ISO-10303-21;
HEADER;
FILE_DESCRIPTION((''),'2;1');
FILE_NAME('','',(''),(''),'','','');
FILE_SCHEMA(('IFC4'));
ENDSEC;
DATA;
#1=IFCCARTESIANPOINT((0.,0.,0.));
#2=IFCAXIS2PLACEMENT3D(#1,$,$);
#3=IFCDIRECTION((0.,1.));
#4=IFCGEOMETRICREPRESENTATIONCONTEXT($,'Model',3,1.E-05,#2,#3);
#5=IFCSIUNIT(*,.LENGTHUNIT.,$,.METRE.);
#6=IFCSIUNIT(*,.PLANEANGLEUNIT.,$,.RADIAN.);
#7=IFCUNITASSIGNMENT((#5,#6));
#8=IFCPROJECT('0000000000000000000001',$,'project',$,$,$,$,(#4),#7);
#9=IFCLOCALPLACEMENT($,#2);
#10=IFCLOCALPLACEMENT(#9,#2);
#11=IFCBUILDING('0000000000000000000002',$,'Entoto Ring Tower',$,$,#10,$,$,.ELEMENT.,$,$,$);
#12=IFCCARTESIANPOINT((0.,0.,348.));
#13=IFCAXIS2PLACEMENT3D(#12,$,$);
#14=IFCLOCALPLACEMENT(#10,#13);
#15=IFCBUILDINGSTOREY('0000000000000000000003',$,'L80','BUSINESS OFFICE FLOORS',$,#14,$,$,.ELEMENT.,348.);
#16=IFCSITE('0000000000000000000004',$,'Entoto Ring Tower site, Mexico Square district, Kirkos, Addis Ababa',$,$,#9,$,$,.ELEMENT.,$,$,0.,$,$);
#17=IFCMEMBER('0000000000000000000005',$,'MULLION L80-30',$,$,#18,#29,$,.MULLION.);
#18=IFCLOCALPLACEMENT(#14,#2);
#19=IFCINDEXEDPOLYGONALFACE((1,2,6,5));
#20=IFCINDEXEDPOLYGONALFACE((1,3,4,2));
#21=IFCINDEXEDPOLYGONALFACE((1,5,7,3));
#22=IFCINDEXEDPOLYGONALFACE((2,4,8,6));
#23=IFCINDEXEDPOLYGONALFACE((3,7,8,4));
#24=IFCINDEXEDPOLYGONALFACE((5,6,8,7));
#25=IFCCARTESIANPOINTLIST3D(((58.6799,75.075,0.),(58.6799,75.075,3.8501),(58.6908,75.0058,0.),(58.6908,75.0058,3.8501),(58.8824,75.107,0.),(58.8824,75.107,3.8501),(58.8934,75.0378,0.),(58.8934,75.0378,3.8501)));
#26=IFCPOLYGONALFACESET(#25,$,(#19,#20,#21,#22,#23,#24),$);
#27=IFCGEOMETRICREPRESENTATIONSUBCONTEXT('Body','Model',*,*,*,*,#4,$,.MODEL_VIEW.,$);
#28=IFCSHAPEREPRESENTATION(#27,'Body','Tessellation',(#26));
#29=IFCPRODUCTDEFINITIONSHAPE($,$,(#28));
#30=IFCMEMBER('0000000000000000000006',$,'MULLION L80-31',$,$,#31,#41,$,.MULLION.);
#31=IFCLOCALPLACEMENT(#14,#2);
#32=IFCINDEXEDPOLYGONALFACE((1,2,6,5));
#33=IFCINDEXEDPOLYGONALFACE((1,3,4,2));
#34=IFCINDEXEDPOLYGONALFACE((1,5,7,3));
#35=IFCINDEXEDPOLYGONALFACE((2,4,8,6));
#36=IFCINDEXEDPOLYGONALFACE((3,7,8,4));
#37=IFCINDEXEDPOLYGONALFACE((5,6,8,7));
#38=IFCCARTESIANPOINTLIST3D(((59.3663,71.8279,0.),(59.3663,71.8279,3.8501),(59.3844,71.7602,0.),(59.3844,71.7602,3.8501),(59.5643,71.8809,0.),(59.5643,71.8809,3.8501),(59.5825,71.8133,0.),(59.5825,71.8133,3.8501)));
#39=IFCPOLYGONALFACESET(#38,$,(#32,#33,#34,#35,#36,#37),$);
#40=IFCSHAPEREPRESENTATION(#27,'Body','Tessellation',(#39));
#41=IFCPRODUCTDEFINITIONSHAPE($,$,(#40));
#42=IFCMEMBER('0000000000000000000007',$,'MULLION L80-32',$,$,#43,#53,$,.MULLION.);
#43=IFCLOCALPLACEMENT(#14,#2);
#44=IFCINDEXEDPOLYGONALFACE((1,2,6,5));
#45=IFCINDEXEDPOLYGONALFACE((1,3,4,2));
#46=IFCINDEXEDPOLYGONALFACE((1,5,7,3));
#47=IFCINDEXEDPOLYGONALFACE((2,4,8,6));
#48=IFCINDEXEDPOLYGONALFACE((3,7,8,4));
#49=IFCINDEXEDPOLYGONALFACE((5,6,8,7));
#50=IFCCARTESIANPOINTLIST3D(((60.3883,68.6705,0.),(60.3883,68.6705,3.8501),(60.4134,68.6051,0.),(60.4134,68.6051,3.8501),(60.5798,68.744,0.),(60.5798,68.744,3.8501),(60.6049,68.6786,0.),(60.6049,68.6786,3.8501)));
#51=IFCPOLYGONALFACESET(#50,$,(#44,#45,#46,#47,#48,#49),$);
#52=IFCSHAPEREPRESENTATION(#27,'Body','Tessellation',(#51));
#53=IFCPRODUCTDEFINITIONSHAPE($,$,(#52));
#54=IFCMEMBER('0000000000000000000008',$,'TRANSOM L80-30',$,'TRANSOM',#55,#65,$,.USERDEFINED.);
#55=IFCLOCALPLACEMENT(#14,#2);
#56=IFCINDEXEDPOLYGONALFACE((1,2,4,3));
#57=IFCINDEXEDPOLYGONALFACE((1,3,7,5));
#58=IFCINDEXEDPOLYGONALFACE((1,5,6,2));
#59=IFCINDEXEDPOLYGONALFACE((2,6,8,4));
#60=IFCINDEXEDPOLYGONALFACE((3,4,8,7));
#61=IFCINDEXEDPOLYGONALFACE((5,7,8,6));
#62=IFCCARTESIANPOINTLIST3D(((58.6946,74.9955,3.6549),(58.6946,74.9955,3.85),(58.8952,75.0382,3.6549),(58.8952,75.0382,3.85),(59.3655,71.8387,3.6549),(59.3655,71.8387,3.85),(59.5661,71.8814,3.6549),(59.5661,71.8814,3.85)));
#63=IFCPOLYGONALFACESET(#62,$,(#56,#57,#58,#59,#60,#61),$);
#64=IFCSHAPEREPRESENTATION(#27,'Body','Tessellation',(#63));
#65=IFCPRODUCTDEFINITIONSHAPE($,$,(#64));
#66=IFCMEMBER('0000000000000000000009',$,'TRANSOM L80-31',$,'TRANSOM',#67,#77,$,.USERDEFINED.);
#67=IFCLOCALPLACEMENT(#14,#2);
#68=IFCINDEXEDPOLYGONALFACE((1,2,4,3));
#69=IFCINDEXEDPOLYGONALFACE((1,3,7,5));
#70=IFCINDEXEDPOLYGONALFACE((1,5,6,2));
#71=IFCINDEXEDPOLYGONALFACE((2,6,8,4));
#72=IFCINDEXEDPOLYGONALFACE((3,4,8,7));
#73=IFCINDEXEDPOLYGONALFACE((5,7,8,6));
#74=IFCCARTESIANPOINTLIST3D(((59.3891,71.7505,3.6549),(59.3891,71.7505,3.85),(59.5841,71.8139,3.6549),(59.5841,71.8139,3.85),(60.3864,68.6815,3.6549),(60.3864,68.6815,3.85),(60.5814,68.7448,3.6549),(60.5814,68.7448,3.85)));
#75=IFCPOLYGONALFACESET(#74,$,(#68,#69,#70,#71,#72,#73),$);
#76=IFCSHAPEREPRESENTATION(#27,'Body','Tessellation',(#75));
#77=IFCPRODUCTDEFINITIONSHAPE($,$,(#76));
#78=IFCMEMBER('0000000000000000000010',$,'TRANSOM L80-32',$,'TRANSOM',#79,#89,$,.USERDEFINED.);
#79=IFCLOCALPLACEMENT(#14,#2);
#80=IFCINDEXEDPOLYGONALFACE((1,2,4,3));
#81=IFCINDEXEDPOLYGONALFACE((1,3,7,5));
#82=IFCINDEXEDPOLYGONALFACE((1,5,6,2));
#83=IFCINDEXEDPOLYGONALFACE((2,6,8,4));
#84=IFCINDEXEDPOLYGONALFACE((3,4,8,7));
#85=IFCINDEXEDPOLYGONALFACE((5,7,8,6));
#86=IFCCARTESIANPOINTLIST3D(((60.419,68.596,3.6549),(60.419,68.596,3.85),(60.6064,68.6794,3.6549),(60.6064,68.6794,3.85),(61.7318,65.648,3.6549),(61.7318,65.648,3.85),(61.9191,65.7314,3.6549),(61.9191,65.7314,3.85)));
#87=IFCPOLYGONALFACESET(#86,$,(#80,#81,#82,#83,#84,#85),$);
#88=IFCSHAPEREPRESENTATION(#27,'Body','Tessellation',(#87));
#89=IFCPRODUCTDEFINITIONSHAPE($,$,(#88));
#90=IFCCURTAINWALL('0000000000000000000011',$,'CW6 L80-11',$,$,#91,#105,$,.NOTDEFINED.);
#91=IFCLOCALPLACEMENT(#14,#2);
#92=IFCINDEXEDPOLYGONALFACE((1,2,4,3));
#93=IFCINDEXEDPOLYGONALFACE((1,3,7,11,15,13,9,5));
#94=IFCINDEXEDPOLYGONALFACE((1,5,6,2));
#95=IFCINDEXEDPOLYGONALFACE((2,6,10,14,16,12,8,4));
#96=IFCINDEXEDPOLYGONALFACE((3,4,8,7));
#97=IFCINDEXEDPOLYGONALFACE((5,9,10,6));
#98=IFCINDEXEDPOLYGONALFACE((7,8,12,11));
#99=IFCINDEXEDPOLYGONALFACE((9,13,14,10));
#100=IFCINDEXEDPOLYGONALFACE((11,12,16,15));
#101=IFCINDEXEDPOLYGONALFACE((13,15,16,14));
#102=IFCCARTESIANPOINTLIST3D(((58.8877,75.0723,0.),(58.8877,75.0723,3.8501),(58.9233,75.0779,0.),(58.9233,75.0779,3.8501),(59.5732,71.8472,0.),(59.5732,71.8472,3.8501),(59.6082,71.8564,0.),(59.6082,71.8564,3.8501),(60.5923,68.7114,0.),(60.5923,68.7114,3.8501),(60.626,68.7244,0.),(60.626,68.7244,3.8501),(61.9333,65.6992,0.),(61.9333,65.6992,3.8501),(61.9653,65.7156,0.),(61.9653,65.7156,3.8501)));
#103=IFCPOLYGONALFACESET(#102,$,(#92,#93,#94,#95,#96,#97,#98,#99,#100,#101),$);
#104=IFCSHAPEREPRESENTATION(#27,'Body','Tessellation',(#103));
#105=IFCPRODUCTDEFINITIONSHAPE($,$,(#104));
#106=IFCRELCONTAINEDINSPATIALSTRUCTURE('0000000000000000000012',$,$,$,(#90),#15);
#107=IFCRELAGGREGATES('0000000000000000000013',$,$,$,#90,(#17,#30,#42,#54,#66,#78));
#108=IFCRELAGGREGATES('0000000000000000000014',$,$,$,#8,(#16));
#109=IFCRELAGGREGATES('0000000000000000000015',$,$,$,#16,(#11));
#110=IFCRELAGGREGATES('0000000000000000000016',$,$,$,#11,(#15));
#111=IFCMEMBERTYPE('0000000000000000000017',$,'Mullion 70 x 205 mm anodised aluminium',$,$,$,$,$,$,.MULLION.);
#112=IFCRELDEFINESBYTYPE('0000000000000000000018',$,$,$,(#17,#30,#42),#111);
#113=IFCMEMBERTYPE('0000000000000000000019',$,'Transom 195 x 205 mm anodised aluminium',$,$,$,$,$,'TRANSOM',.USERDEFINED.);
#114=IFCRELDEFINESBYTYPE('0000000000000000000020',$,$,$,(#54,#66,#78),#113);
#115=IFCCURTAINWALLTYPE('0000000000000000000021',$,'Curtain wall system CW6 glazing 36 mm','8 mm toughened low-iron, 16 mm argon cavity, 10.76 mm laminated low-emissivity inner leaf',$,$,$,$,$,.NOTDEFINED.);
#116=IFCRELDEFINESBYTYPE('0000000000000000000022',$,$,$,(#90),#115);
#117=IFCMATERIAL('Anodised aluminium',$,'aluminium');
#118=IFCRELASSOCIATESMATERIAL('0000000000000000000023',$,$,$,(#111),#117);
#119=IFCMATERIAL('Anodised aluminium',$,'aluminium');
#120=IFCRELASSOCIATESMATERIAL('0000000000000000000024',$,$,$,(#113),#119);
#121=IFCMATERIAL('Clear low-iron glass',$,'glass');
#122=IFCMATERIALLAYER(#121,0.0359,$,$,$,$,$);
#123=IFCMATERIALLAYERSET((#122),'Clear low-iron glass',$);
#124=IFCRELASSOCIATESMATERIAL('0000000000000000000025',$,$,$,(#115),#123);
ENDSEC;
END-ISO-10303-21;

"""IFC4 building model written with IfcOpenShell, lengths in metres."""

from ifc_helpers import new_model, si_unit, direction, frame, origin, origin_2d, place, context, subcontext, project, spatial, polyline, rectangle, outline, extrude, material, layer, layer_set, material_profile, profile_set, type_object, element, aggregate, save


model = new_model("IFC4")

# Units and contexts
model_context = context("Model", 3, precision=1e-05, world=origin(), true_north=direction((0.0, 1.0)))
body_context = subcontext(model_context, "Body", "Model", "MODEL_VIEW")
ifc_project = project(units=[si_unit("LENGTHUNIT", "METRE"), si_unit("PLANEANGLEUNIT", "RADIAN")], contexts=[model_context])

# Members
ifc_material_1 = material(Name="Anodised aluminium", Category="aluminium")
ifc_material_profile_1 = material_profile(ifc_material_1, rectangle(XDim=0.0701, YDim=0.2051, at=origin_2d()), Name="Mullion 70 x 205 mm anodised aluminium")
ifc_profile_set_1 = profile_set([ifc_material_profile_1], Name="Anodised aluminium")
member_type_1 = type_object("IfcMemberType", Name="Mullion 70 x 205 mm anodised aluminium", PredefinedType="MULLION", material=ifc_profile_set_1)
site_placement = place(None, origin())
building_placement = place(site_placement, origin())
storey_placement = place(building_placement, frame((0.0, 0.0, 348.0)))
member_1_placement = place(storey_placement, frame((58.7866, 75.0564, 0.0), z_axis=(0.0, 0.0, 1.0), x_axis=(0.156434, -0.987688, 0.0)))
member_1 = element("IfcMember", 1, at=member_1_placement, type_object=member_type_1, Name="MULLION L80-30", PredefinedType="MULLION", context=body_context, shape_type="SweptSolid", body=[
    extrude(rectangle(XDim=0.0701, YDim=0.2051, at=origin_2d()), origin(), (0.0, 0.0, 1.0), 3.8501),
])
member_2_placement = place(storey_placement, frame((59.4744, 71.8206, 0.0), z_axis=(0.0, 0.0, 1.0), x_axis=(0.258819, -0.965926, 0.0)))
member_2 = element("IfcMember", 2, at=member_2_placement, type_object=member_type_1, Name="MULLION L80-31", PredefinedType="MULLION", context=body_context, shape_type="SweptSolid", body=[
    extrude(rectangle(XDim=0.0701, YDim=0.2051, at=origin_2d()), origin(), (0.0, 0.0, 1.0), 3.8501),
])
member_3_placement = place(storey_placement, frame((60.4966, 68.6746, 0.0), z_axis=(0.0, 0.0, 1.0), x_axis=(0.358368, -0.93358, 0.0)))
member_3 = element("IfcMember", 3, at=member_3_placement, type_object=member_type_1, Name="MULLION L80-32", PredefinedType="MULLION", context=body_context, shape_type="SweptSolid", body=[
    extrude(rectangle(XDim=0.0701, YDim=0.2051, at=origin_2d()), origin(), (0.0, 0.0, 1.0), 3.8501),
])
ifc_material_2 = material(Name="Anodised aluminium", Category="aluminium")
ifc_material_profile_2 = material_profile(ifc_material_2, rectangle(XDim=0.2051, YDim=0.1951, at=origin_2d()), Name="Transom 195 x 205 mm anodised aluminium")
ifc_profile_set_2 = profile_set([ifc_material_profile_2], Name="Anodised aluminium")
member_type_2 = type_object("IfcMemberType", Name="Transom 195 x 205 mm anodised aluminium", ElementType="TRANSOM", PredefinedType="USERDEFINED", material=ifc_profile_set_2)
member_4_placement = place(storey_placement, frame((58.7949, 75.0168, 3.7524), z_axis=(0.207886, -0.978153, 0.0), x_axis=(0.978153, 0.207886, 0.0)))
member_4 = element("IfcMember", 4, at=member_4_placement, type_object=member_type_2, Name="TRANSOM L80-30", ObjectType="TRANSOM", PredefinedType="USERDEFINED", context=body_context, shape_type="SweptSolid", body=[
    extrude(rectangle(XDim=0.2051, YDim=0.1951, at=origin_2d()), origin(), (0.0, 0.0, 1.0), 3.2273),
])
member_5_placement = place(storey_placement, frame((59.4866, 71.7822, 3.7524), z_axis=(0.309047, -0.951047, 0.0), x_axis=(0.951047, 0.309047, 0.0)))
member_5 = element("IfcMember", 5, at=member_5_placement, type_object=member_type_2, Name="TRANSOM L80-31", ObjectType="TRANSOM", PredefinedType="USERDEFINED", context=body_context, shape_type="SweptSolid", body=[
    extrude(rectangle(XDim=0.2051, YDim=0.1951, at=origin_2d()), origin(), (0.0, 0.0, 1.0), 3.2271),
])
member_6_placement = place(storey_placement, frame((60.5127, 68.6377, 3.7524), z_axis=(0.406791, -0.913521, 0.0), x_axis=(0.913521, 0.406791, 0.0)))
member_6 = element("IfcMember", 6, at=member_6_placement, type_object=member_type_2, Name="TRANSOM L80-32", ObjectType="TRANSOM", PredefinedType="USERDEFINED", context=body_context, shape_type="SweptSolid", body=[
    extrude(rectangle(XDim=0.2051, YDim=0.1951, at=origin_2d()), origin(), (0.0, 0.0, 1.0), 3.2271),
])

# Site, building, storey
site = spatial("IfcSite", under=ifc_project, at=site_placement, Name="Entoto Ring Tower site, Mexico Square district, Kirkos, Addis Ababa", CompositionType="ELEMENT", RefElevation=0.0)
building = spatial("IfcBuilding", under=site, at=building_placement, Name="Entoto Ring Tower", CompositionType="ELEMENT")
storey = spatial("IfcBuildingStorey", under=building, at=storey_placement, Name="L80", Description="BUSINESS OFFICE FLOORS", CompositionType="ELEMENT", Elevation=348.0)

# Curtain wall
ifc_material_3 = material(Name="Clear low-iron glass", Category="glass")
ifc_layer = layer(ifc_material_3, 0.0359)
ifc_layer_set = layer_set([ifc_layer], Name="Clear low-iron glass")
curtain_wall_type = type_object("IfcCurtainWallType", Name="Curtain wall system CW6 glazing 36 mm", Description="8 mm toughened low-iron, 16 mm argon cavity, 10.76 mm laminated low-emissivity inner leaf", PredefinedType="NOTDEFINED", material=ifc_layer_set)
curtain_wall_1_placement = place(storey_placement, origin())
curtain_wall_1 = element("IfcCurtainWall", 7, at=curtain_wall_1_placement, inside=storey, type_object=curtain_wall_type, Name="CW6 L80-11", PredefinedType="NOTDEFINED", context=body_context, shape_type="SweptSolid", body=[
    extrude(outline(polyline([(58.8877, 75.0723), (59.5732, 71.8472), (60.5923, 68.7114), (61.9333, 65.6992), (61.9653, 65.7156), (60.626, 68.7244), (59.6082, 71.8564), (58.9233, 75.0779), (58.8877, 75.0723)])), origin(), (0.0, 0.0, 1.0), 3.8501),
])
aggregate(curtain_wall_1, [member_1, member_2, member_3, member_4, member_5, member_6])

save(model, "model.ifc")
